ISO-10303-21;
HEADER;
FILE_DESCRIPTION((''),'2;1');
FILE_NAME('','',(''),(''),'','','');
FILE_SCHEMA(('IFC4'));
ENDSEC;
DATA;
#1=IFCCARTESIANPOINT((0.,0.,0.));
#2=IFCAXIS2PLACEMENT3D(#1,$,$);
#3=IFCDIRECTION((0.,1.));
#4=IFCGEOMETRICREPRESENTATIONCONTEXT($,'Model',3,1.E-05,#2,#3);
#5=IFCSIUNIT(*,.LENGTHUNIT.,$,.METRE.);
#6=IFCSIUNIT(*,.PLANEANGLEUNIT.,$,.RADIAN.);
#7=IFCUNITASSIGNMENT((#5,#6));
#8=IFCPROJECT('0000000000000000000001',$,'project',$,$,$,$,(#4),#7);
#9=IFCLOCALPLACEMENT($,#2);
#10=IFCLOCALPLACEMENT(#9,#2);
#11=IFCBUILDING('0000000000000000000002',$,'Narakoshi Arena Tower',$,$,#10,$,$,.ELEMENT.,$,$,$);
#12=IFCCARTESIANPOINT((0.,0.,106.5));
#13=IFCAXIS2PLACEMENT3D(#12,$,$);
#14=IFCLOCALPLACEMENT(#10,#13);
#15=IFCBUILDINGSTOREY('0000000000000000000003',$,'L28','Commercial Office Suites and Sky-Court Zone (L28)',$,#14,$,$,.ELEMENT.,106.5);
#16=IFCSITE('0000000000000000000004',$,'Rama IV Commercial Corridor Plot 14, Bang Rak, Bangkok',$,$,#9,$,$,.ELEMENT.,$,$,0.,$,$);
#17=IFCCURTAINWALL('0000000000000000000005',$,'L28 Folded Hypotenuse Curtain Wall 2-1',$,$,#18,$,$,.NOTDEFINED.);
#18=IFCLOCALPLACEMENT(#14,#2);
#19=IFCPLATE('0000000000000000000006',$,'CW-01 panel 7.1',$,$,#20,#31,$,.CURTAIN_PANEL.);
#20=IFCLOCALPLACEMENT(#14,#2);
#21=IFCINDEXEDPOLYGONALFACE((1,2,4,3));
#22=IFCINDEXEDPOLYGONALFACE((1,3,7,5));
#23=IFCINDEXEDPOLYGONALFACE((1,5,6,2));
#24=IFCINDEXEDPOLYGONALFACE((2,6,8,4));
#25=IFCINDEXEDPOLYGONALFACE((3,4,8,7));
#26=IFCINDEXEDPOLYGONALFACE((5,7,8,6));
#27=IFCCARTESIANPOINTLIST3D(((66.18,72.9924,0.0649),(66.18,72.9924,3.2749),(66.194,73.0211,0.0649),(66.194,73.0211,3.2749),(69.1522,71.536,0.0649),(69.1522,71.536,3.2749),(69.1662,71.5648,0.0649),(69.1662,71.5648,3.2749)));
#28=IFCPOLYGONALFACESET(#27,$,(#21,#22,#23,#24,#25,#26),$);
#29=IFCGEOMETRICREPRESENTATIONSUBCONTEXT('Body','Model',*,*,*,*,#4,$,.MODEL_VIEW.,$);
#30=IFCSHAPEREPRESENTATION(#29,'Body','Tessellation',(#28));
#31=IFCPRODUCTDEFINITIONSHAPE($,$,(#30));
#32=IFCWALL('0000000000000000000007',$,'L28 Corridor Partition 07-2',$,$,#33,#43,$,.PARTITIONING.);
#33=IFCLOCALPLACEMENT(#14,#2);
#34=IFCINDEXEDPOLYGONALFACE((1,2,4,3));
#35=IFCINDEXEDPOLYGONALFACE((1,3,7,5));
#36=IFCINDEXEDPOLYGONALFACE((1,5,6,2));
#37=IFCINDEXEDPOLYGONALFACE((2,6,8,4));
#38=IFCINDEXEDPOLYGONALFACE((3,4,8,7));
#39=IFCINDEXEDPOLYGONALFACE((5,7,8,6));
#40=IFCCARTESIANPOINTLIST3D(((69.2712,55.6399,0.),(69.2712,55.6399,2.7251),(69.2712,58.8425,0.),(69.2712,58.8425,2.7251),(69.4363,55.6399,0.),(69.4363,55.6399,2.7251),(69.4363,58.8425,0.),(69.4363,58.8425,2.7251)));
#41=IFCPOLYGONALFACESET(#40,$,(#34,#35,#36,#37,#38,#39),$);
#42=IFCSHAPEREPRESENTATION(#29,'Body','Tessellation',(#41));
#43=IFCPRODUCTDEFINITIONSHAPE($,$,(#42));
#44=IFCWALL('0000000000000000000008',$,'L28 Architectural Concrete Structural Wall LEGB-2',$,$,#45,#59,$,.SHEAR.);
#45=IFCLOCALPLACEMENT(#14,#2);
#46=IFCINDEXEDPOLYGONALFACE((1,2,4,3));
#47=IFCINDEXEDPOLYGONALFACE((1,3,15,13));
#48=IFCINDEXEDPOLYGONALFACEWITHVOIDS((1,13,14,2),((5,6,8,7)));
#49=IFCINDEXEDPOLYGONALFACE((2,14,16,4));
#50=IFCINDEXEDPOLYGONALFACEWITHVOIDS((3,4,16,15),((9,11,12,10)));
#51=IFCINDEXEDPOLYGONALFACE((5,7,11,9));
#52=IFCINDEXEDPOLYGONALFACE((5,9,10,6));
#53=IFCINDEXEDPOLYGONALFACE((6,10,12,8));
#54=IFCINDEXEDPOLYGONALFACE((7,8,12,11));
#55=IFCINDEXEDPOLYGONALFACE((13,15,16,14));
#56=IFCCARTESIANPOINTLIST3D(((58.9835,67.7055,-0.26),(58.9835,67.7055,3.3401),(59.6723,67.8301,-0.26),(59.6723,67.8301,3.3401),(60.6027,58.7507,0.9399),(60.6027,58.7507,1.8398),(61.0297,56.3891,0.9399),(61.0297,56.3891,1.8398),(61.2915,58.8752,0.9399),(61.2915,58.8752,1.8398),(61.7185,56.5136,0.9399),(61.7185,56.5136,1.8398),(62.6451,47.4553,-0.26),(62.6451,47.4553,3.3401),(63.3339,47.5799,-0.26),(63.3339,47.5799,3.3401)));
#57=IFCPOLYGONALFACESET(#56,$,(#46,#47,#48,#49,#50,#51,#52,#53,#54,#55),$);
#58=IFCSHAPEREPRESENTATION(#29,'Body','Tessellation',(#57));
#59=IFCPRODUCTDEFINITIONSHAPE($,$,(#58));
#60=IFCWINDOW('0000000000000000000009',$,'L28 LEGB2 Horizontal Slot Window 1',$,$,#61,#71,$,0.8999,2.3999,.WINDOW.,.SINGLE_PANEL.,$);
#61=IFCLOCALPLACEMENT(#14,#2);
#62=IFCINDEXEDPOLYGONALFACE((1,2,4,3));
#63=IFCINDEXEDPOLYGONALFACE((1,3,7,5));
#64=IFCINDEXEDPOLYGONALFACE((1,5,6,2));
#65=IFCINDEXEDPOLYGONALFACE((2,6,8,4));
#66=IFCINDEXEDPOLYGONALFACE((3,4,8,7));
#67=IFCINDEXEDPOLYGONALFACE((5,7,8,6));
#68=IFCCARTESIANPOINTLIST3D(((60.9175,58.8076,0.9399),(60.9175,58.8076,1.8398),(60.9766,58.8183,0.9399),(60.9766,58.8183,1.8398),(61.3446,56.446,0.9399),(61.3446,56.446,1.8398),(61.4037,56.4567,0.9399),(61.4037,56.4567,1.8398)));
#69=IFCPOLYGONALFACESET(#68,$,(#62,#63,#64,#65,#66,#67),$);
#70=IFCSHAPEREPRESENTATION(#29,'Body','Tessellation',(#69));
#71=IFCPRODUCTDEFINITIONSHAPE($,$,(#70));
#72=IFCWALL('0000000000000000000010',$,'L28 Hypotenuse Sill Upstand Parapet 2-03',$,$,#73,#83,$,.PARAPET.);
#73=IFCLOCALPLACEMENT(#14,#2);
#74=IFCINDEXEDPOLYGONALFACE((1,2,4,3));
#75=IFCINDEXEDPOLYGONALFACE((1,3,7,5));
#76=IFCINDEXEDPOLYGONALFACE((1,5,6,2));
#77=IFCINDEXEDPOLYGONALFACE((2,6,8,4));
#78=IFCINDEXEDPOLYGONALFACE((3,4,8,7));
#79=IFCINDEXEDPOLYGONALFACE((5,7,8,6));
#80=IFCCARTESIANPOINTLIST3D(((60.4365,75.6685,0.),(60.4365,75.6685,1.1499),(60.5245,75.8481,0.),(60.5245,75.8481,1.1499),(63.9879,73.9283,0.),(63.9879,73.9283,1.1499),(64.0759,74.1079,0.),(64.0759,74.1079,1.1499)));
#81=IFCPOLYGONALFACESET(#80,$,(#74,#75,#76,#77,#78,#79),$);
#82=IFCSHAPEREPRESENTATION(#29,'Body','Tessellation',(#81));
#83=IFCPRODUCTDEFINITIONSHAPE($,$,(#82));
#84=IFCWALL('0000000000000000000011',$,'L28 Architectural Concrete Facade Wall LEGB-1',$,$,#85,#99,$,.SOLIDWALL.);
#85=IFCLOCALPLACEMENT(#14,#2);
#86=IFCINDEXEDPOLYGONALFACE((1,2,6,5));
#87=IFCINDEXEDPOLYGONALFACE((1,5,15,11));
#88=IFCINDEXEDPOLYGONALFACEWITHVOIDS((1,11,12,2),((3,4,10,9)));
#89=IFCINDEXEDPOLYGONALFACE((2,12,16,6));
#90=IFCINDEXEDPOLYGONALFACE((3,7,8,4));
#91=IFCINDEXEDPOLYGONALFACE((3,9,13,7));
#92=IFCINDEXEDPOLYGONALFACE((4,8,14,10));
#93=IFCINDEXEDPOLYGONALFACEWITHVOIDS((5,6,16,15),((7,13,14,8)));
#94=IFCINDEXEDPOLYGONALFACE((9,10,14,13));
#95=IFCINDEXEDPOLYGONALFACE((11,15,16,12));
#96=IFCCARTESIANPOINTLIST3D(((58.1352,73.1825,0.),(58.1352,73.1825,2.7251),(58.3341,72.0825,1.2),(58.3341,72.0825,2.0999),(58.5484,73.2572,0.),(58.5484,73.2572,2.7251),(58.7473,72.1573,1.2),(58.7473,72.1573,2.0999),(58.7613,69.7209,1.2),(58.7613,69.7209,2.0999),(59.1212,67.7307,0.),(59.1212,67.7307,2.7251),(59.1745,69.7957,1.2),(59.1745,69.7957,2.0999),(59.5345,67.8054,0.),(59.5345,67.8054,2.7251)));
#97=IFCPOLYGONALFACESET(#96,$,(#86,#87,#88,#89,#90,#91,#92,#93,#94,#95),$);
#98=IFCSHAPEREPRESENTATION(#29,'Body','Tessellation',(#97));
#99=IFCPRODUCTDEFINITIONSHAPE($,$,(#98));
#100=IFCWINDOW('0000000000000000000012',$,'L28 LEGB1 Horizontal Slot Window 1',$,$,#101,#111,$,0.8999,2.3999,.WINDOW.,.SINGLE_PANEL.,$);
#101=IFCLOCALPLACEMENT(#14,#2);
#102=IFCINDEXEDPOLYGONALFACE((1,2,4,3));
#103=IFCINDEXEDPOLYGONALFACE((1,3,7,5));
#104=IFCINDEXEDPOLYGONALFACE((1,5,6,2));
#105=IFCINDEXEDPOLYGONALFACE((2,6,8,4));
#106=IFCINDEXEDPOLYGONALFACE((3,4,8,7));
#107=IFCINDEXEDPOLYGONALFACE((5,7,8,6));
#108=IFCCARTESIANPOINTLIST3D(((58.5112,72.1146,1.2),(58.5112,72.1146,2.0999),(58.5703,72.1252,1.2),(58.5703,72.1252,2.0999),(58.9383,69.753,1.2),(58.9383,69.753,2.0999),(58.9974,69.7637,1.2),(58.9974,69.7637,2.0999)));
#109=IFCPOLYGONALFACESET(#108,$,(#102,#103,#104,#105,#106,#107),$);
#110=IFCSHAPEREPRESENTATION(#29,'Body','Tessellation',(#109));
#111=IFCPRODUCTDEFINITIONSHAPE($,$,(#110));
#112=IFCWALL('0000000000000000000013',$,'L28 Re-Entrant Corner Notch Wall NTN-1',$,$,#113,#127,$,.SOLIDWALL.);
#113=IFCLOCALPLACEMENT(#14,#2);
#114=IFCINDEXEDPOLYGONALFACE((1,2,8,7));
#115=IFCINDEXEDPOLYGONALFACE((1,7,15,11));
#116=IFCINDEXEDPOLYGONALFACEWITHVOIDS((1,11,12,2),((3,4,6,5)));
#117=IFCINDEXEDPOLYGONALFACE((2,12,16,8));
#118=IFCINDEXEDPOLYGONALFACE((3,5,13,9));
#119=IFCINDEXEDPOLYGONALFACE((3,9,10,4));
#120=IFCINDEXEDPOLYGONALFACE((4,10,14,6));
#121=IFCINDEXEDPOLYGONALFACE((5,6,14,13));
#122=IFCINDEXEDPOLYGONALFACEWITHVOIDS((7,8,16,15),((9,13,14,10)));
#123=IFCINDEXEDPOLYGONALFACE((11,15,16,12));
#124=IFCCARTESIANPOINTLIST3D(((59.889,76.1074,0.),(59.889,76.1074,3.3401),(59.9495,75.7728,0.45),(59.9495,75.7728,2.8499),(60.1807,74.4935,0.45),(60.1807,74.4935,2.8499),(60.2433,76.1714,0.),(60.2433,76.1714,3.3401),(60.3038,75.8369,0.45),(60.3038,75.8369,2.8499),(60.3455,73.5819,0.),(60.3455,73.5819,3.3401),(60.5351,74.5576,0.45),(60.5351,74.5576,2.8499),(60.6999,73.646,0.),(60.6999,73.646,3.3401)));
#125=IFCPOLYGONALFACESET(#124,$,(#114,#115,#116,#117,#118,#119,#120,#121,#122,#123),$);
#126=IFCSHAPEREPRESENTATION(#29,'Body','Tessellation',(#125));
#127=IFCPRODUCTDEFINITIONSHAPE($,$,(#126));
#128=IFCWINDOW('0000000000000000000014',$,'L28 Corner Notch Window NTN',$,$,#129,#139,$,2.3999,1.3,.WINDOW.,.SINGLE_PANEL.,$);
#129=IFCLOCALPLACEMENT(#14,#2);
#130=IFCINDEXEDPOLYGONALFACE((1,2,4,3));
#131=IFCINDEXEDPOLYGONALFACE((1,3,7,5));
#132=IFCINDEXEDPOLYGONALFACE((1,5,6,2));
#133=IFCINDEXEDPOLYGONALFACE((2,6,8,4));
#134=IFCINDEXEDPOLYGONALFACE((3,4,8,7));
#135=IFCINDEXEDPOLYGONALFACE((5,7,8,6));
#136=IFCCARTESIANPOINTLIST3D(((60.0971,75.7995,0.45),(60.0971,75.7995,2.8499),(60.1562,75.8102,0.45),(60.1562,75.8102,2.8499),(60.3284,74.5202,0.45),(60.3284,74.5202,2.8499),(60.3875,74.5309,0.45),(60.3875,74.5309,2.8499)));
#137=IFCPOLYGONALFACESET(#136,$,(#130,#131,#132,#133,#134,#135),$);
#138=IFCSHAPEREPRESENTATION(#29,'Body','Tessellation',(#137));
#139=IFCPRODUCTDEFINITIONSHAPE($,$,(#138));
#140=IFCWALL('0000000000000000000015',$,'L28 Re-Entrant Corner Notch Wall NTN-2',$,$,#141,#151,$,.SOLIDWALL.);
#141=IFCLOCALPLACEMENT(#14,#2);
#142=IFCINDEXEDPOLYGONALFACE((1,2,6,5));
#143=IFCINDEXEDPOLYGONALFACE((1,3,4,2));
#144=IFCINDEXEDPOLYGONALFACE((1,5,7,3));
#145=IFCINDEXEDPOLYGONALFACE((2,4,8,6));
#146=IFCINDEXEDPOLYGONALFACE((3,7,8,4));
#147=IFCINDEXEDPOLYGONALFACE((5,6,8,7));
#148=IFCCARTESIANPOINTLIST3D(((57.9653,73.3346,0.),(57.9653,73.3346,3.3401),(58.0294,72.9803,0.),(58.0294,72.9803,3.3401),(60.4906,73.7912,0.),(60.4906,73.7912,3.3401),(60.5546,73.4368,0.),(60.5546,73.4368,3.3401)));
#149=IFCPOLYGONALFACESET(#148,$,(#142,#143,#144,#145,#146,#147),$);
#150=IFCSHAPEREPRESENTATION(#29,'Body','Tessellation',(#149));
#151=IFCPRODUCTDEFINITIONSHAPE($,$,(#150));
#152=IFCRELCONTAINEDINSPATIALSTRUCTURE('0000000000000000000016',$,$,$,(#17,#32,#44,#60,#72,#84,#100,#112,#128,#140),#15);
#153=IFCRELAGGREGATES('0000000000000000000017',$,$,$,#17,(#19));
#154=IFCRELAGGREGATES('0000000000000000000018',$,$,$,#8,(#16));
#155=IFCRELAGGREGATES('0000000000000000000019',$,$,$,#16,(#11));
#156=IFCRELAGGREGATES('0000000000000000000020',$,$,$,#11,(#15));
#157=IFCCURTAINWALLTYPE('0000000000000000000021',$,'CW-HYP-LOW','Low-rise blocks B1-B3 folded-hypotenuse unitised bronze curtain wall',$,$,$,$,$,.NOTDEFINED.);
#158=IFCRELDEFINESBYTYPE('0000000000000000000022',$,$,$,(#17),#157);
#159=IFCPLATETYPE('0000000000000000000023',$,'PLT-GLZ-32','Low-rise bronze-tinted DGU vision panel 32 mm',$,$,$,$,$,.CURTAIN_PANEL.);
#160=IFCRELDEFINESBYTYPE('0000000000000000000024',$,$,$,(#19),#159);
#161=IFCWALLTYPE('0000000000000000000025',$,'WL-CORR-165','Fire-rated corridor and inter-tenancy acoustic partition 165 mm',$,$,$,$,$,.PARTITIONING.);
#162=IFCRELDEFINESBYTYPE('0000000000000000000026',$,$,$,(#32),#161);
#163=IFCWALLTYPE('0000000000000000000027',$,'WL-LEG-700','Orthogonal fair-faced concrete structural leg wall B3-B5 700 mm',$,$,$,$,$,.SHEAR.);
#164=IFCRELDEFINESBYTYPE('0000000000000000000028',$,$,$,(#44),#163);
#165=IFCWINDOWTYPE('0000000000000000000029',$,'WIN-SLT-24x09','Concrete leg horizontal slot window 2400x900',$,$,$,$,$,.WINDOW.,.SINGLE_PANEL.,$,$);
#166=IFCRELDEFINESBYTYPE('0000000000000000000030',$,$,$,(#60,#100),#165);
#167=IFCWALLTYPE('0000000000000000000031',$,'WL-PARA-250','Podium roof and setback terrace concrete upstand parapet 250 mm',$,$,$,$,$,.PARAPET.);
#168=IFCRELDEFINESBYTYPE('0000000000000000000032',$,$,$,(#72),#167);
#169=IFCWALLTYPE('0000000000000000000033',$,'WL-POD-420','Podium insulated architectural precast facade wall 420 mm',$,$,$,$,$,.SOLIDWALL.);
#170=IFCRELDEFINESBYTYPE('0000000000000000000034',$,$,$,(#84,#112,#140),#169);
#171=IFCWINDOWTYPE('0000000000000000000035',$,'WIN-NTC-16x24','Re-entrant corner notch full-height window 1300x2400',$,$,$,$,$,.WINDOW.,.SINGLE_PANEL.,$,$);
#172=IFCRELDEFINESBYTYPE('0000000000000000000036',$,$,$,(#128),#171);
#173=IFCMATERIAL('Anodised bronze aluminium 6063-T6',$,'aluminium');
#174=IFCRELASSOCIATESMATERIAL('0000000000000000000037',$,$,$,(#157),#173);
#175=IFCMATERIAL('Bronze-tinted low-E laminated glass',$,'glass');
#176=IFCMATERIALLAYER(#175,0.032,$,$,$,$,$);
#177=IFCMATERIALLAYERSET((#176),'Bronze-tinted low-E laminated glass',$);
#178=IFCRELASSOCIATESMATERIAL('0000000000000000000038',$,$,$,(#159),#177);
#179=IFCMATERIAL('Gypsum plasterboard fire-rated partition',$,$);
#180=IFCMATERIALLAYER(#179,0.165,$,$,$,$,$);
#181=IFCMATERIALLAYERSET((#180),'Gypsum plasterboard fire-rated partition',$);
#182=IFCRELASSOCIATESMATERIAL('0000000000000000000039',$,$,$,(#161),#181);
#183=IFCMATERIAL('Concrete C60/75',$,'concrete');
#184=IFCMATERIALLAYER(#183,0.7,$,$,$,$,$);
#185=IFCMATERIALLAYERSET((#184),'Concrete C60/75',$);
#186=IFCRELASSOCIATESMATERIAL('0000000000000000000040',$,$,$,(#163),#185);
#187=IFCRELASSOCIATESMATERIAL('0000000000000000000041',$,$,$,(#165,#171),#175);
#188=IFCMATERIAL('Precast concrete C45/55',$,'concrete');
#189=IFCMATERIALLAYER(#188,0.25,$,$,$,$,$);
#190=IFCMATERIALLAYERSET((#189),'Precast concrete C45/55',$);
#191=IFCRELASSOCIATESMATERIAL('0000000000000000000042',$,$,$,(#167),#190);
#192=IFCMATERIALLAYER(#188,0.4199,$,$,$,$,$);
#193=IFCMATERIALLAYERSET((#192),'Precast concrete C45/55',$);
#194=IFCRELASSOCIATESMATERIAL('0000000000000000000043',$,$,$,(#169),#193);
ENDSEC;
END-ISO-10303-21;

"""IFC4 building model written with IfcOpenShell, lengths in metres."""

from ifc_helpers import new_model, si_unit, direction, frame, frame_2d, origin, origin_2d, place, context, subcontext, project, spatial, rectangle, extrude, material, layer, layer_set, type_object, element, fill, aggregate, save


model = new_model("IFC4")

# Units and contexts
model_context = context("Model", 3, precision=1e-05, world=origin(), true_north=direction((0.0, 1.0)))
body_context = subcontext(model_context, "Body", "Model", "MODEL_VIEW")
ifc_project = project(units=[si_unit("LENGTHUNIT", "METRE"), si_unit("PLANEANGLEUNIT", "RADIAN")], contexts=[model_context])

# Site, building, storey
site_placement = place(None, origin())
site = spatial("IfcSite", under=ifc_project, at=site_placement, Name="Rama IV Commercial Corridor Plot 14, Bang Rak, Bangkok", CompositionType="ELEMENT", RefElevation=0.0)
building_placement = place(site_placement, origin())
building = spatial("IfcBuilding", under=site, at=building_placement, Name="Narakoshi Arena Tower", CompositionType="ELEMENT")
storey_placement = place(building_placement, frame((0.0, 0.0, 106.5)))
storey = spatial("IfcBuildingStorey", under=building, at=storey_placement, Name="L28", Description="Commercial Office Suites and Sky-Court Zone (L28)", CompositionType="ELEMENT", Elevation=106.5)

# Shared definitions
ifc_material_1 = material(Name="Concrete C60/75", Category="concrete")

# Curtain wall, plate
ifc_material_2 = material(Name="Anodised bronze aluminium 6063-T6", Category="aluminium")
curtain_wall_type = type_object("IfcCurtainWallType", Name="CW-HYP-LOW", Description="Low-rise blocks B1-B3 folded-hypotenuse unitised bronze curtain wall", PredefinedType="NOTDEFINED", material=ifc_material_2)
curtain_wall_placement = place(storey_placement, origin())
curtain_wall = element("IfcCurtainWall", 1, at=curtain_wall_placement, inside=storey, type_object=curtain_wall_type, Name="L28 Folded Hypotenuse Curtain Wall 2-1", PredefinedType="NOTDEFINED")
ifc_material_3 = material(Name="Bronze-tinted low-E laminated glass", Category="glass")
ifc_layer_1 = layer(ifc_material_3, 0.032)
ifc_layer_set_1 = layer_set([ifc_layer_1], Name="Bronze-tinted low-E laminated glass")
plate_type = type_object("IfcPlateType", Name="PLT-GLZ-32", Description="Low-rise bronze-tinted DGU vision panel 32 mm", PredefinedType="CURTAIN_PANEL", material=ifc_layer_set_1)
plate_1_placement = place(storey_placement, frame((67.6731, 72.2786, 0.0649), z_axis=(0.0, 0.0, 1.0), x_axis=(-0.897996, 0.440005, 0.0)))
plate_1 = element("IfcPlate", 2, at=plate_1_placement, type_object=plate_type, Name="CW-01 panel 7.1", PredefinedType="CURTAIN_PANEL", context=body_context, shape_type="SweptSolid", body=[
    extrude(rectangle(XDim=3.3098, YDim=0.032, at=origin_2d()), origin(), (0.0, 0.0, 1.0), 3.21),
])
aggregate(curtain_wall, [plate_1])

# Wall
ifc_material_4 = material(Name="Gypsum plasterboard fire-rated partition")
ifc_layer_2 = layer(ifc_material_4, 0.165)
ifc_layer_set_2 = layer_set([ifc_layer_2], Name="Gypsum plasterboard fire-rated partition")
wall_type_1 = type_object("IfcWallType", Name="WL-CORR-165", Description="Fire-rated corridor and inter-tenancy acoustic partition 165 mm", PredefinedType="PARTITIONING", material=ifc_layer_set_2)
wall_1_placement = place(storey_placement, frame((69.3538, 58.8425, 0.0), z_axis=(0.0, 0.0, 1.0), x_axis=(0.0, -1.0, 0.0)))
element("IfcWall", 3, at=wall_1_placement, inside=storey, type_object=wall_type_1, Name="L28 Corridor Partition 07-2", PredefinedType="PARTITIONING", context=body_context, shape_type="SweptSolid", body=[
    extrude(rectangle(XDim=3.2026, YDim=0.165, at=frame_2d((1.6013, 0.0))), origin(), (0.0, 0.0, 1.0), 2.7251),
])

# Wall, opening, window
ifc_layer_3 = layer(ifc_material_1, 0.7)
ifc_layer_set_3 = layer_set([ifc_layer_3], Name="Concrete C60/75")
wall_type_2 = type_object("IfcWallType", Name="WL-LEG-700", Description="Orthogonal fair-faced concrete structural leg wall B3-B5 700 mm", PredefinedType="SHEAR", material=ifc_layer_set_3)
wall_2_placement = place(storey_placement, frame((59.3279, 67.7678, -0.26), z_axis=(0.0, 0.0, 1.0), x_axis=(0.177933, -0.984043, 0.0)))
wall_2 = element("IfcWall", 4, at=wall_2_placement, inside=storey, type_object=wall_type_2, Name="L28 Architectural Concrete Structural Wall LEGB-2", PredefinedType="SHEAR", context=body_context, shape_type="SweptSolid", body=[
    extrude(rectangle(XDim=20.5786, YDim=0.7, at=frame_2d((10.2893, 0.0))), origin(), (0.0, 0.0, 1.0), 3.6001),
])
opening_1_placement = place(wall_2_placement, frame((9.1001, 0.0, 1.2)))
opening_1 = element("IfcOpeningElement", 5, at=opening_1_placement, cuts=wall_2, PredefinedType="OPENING", context=body_context, shape_type="SweptSolid", body=[
    extrude(rectangle(XDim=2.3999, YDim=0.8999, at=frame_2d((1.2, 0.45))), frame((0.0, 0.3599, 0.0), z_axis=(0.0, -1.0, 0.0), x_axis=(1.0, 0.0, 0.0)), (0.0, 0.0, 1.0), 0.72),
])
window_type_1 = type_object("IfcWindowType", Name="WIN-SLT-24x09", Description="Concrete leg horizontal slot window 2400x900", PartitioningType="SINGLE_PANEL", PredefinedType="WINDOW", material=ifc_material_3)
window_1_placement = place(opening_1_placement, origin())
window_1 = element("IfcWindow", 6, at=window_1_placement, inside=storey, type_object=window_type_1, Name="L28 LEGB2 Horizontal Slot Window 1", OverallHeight=0.8999, OverallWidth=2.3999, PartitioningType="SINGLE_PANEL", PredefinedType="WINDOW", context=body_context, shape_type="SweptSolid", body=[
    extrude(rectangle(XDim=2.3999, YDim=0.8999, at=frame_2d((1.2, 0.45))), frame((0.0, 0.03, 0.0), z_axis=(0.0, -1.0, 0.0), x_axis=(1.0, 0.0, 0.0)), (0.0, 0.0, 1.0), 0.0601),
])
fill(opening_1, window_1)

# Wall
ifc_material_5 = material(Name="Precast concrete C45/55", Category="concrete")
ifc_layer_4 = layer(ifc_material_5, 0.25)
ifc_layer_set_4 = layer_set([ifc_layer_4], Name="Precast concrete C45/55")
wall_type_3 = type_object("IfcWallType", Name="WL-PARA-250", Description="Podium roof and setback terrace concrete upstand parapet 250 mm", PredefinedType="PARAPET", material=ifc_layer_set_4)
wall_3_placement = place(storey_placement, frame((64.032, 74.0181, 0.0), z_axis=(0.0, 0.0, 1.0), x_axis=(-0.897991, 0.440014, 0.0)))
element("IfcWall", 7, at=wall_3_placement, inside=storey, type_object=wall_type_3, Name="L28 Hypotenuse Sill Upstand Parapet 2-03", PredefinedType="PARAPET", context=body_context, shape_type="SweptSolid", body=[
    extrude(rectangle(XDim=3.9548, YDim=0.2, at=frame_2d((1.9775, 0.0))), origin(), (0.0, 0.0, 1.0), 1.1499),
])

# Walls, openings, windows
ifc_layer_5 = layer(ifc_material_5, 0.4199)
ifc_layer_set_5 = layer_set([ifc_layer_5], Name="Precast concrete C45/55")
wall_type_4 = type_object("IfcWallType", Name="WL-POD-420", Description="Podium insulated architectural precast facade wall 420 mm", PredefinedType="SOLIDWALL", material=ifc_layer_set_5)
wall_4_placement = place(storey_placement, frame((58.3418, 73.2197, 0.0), z_axis=(0.0, 0.0, 1.0), x_axis=(0.177982, -0.984034, 0.0)))
wall_4 = element("IfcWall", 8, at=wall_4_placement, inside=storey, type_object=wall_type_4, Name="L28 Architectural Concrete Facade Wall LEGB-1", PredefinedType="SOLIDWALL", context=body_context, shape_type="SweptSolid", body=[
    extrude(rectangle(XDim=5.5403, YDim=0.4199, at=frame_2d((2.77, 0.0))), origin(), (0.0, 0.0, 1.0), 2.7251),
])
opening_2_placement = place(wall_4_placement, frame((1.1177, 0.0, 1.2)))
opening_2 = element("IfcOpeningElement", 9, at=opening_2_placement, cuts=wall_4, PredefinedType="OPENING", context=body_context, shape_type="SweptSolid", body=[
    extrude(rectangle(XDim=2.3999, YDim=0.8999, at=frame_2d((1.2, 0.45))), frame((0.0, 0.22, 0.0), z_axis=(0.0, -1.0, 0.0), x_axis=(1.0, 0.0, 0.0)), (0.0, 0.0, 1.0), 0.4399),
])
window_2_placement = place(opening_2_placement, origin())
window_2 = element("IfcWindow", 10, at=window_2_placement, inside=storey, type_object=window_type_1, Name="L28 LEGB1 Horizontal Slot Window 1", OverallHeight=0.8999, OverallWidth=2.3999, PartitioningType="SINGLE_PANEL", PredefinedType="WINDOW", context=body_context, shape_type="SweptSolid", body=[
    extrude(rectangle(XDim=2.3999, YDim=0.8999, at=frame_2d((1.2, 0.45))), frame((0.0, 0.03, 0.0), z_axis=(0.0, -1.0, 0.0), x_axis=(1.0, 0.0, 0.0)), (0.0, 0.0, 1.0), 0.0601),
])
fill(opening_2, window_2)
wall_5_placement = place(storey_placement, frame((60.0662, 76.1394, 0.0), z_axis=(0.0, 0.0, 1.0), x_axis=(0.177897, -0.984049, 0.0)))
wall_5 = element("IfcWall", 11, at=wall_5_placement, inside=storey, type_object=wall_type_4, Name="L28 Re-Entrant Corner Notch Wall NTN-1", PredefinedType="SOLIDWALL", context=body_context, shape_type="SweptSolid", body=[
    extrude(rectangle(XDim=2.5664, YDim=0.3601, at=frame_2d((1.2832, 0.0))), origin(), (0.0, 0.0, 1.0), 3.3401),
])
opening_3_placement = place(wall_5_placement, frame((0.3401, 0.0, 0.45)))
opening_3 = element("IfcOpeningElement", 12, at=opening_3_placement, cuts=wall_5, PredefinedType="OPENING", context=body_context, shape_type="SweptSolid", body=[
    extrude(rectangle(XDim=1.3, YDim=2.3999, at=frame_2d((0.6499, 1.2))), frame((0.0, 0.1899, 0.0), z_axis=(0.0, -1.0, 0.0), x_axis=(1.0, 0.0, 0.0)), (0.0, 0.0, 1.0), 0.3801),
])
window_type_2 = type_object("IfcWindowType", Name="WIN-NTC-16x24", Description="Re-entrant corner notch full-height window 1300x2400", PartitioningType="SINGLE_PANEL", PredefinedType="WINDOW", material=ifc_material_3)
window_3_placement = place(opening_3_placement, origin())
window_3 = element("IfcWindow", 13, at=window_3_placement, inside=storey, type_object=window_type_2, Name="L28 Corner Notch Window NTN", OverallHeight=2.3999, OverallWidth=1.3, PartitioningType="SINGLE_PANEL", PredefinedType="WINDOW", context=body_context, shape_type="SweptSolid", body=[
    extrude(rectangle(XDim=1.3, YDim=2.3999, at=frame_2d((0.6499, 1.2))), frame((0.0, 0.03, 0.0), z_axis=(0.0, -1.0, 0.0), x_axis=(1.0, 0.0, 0.0)), (0.0, 0.0, 1.0), 0.0601),
])
fill(opening_3, window_3)

# Wall
wall_6_placement = place(storey_placement, frame((60.5227, 73.614, 0.0), z_axis=(0.0, 0.0, 1.0), x_axis=(-0.984046, -0.177914, 0.0)))
element("IfcWall", 14, at=wall_6_placement, inside=storey, type_object=wall_type_4, Name="L28 Re-Entrant Corner Notch Wall NTN-2", PredefinedType="SOLIDWALL", context=body_context, shape_type="SweptSolid", body=[
    extrude(rectangle(XDim=2.5662, YDim=0.3601, at=frame_2d((1.2832, 0.0))), origin(), (0.0, 0.0, 1.0), 3.3401),
])

save(model, "model.ifc")
